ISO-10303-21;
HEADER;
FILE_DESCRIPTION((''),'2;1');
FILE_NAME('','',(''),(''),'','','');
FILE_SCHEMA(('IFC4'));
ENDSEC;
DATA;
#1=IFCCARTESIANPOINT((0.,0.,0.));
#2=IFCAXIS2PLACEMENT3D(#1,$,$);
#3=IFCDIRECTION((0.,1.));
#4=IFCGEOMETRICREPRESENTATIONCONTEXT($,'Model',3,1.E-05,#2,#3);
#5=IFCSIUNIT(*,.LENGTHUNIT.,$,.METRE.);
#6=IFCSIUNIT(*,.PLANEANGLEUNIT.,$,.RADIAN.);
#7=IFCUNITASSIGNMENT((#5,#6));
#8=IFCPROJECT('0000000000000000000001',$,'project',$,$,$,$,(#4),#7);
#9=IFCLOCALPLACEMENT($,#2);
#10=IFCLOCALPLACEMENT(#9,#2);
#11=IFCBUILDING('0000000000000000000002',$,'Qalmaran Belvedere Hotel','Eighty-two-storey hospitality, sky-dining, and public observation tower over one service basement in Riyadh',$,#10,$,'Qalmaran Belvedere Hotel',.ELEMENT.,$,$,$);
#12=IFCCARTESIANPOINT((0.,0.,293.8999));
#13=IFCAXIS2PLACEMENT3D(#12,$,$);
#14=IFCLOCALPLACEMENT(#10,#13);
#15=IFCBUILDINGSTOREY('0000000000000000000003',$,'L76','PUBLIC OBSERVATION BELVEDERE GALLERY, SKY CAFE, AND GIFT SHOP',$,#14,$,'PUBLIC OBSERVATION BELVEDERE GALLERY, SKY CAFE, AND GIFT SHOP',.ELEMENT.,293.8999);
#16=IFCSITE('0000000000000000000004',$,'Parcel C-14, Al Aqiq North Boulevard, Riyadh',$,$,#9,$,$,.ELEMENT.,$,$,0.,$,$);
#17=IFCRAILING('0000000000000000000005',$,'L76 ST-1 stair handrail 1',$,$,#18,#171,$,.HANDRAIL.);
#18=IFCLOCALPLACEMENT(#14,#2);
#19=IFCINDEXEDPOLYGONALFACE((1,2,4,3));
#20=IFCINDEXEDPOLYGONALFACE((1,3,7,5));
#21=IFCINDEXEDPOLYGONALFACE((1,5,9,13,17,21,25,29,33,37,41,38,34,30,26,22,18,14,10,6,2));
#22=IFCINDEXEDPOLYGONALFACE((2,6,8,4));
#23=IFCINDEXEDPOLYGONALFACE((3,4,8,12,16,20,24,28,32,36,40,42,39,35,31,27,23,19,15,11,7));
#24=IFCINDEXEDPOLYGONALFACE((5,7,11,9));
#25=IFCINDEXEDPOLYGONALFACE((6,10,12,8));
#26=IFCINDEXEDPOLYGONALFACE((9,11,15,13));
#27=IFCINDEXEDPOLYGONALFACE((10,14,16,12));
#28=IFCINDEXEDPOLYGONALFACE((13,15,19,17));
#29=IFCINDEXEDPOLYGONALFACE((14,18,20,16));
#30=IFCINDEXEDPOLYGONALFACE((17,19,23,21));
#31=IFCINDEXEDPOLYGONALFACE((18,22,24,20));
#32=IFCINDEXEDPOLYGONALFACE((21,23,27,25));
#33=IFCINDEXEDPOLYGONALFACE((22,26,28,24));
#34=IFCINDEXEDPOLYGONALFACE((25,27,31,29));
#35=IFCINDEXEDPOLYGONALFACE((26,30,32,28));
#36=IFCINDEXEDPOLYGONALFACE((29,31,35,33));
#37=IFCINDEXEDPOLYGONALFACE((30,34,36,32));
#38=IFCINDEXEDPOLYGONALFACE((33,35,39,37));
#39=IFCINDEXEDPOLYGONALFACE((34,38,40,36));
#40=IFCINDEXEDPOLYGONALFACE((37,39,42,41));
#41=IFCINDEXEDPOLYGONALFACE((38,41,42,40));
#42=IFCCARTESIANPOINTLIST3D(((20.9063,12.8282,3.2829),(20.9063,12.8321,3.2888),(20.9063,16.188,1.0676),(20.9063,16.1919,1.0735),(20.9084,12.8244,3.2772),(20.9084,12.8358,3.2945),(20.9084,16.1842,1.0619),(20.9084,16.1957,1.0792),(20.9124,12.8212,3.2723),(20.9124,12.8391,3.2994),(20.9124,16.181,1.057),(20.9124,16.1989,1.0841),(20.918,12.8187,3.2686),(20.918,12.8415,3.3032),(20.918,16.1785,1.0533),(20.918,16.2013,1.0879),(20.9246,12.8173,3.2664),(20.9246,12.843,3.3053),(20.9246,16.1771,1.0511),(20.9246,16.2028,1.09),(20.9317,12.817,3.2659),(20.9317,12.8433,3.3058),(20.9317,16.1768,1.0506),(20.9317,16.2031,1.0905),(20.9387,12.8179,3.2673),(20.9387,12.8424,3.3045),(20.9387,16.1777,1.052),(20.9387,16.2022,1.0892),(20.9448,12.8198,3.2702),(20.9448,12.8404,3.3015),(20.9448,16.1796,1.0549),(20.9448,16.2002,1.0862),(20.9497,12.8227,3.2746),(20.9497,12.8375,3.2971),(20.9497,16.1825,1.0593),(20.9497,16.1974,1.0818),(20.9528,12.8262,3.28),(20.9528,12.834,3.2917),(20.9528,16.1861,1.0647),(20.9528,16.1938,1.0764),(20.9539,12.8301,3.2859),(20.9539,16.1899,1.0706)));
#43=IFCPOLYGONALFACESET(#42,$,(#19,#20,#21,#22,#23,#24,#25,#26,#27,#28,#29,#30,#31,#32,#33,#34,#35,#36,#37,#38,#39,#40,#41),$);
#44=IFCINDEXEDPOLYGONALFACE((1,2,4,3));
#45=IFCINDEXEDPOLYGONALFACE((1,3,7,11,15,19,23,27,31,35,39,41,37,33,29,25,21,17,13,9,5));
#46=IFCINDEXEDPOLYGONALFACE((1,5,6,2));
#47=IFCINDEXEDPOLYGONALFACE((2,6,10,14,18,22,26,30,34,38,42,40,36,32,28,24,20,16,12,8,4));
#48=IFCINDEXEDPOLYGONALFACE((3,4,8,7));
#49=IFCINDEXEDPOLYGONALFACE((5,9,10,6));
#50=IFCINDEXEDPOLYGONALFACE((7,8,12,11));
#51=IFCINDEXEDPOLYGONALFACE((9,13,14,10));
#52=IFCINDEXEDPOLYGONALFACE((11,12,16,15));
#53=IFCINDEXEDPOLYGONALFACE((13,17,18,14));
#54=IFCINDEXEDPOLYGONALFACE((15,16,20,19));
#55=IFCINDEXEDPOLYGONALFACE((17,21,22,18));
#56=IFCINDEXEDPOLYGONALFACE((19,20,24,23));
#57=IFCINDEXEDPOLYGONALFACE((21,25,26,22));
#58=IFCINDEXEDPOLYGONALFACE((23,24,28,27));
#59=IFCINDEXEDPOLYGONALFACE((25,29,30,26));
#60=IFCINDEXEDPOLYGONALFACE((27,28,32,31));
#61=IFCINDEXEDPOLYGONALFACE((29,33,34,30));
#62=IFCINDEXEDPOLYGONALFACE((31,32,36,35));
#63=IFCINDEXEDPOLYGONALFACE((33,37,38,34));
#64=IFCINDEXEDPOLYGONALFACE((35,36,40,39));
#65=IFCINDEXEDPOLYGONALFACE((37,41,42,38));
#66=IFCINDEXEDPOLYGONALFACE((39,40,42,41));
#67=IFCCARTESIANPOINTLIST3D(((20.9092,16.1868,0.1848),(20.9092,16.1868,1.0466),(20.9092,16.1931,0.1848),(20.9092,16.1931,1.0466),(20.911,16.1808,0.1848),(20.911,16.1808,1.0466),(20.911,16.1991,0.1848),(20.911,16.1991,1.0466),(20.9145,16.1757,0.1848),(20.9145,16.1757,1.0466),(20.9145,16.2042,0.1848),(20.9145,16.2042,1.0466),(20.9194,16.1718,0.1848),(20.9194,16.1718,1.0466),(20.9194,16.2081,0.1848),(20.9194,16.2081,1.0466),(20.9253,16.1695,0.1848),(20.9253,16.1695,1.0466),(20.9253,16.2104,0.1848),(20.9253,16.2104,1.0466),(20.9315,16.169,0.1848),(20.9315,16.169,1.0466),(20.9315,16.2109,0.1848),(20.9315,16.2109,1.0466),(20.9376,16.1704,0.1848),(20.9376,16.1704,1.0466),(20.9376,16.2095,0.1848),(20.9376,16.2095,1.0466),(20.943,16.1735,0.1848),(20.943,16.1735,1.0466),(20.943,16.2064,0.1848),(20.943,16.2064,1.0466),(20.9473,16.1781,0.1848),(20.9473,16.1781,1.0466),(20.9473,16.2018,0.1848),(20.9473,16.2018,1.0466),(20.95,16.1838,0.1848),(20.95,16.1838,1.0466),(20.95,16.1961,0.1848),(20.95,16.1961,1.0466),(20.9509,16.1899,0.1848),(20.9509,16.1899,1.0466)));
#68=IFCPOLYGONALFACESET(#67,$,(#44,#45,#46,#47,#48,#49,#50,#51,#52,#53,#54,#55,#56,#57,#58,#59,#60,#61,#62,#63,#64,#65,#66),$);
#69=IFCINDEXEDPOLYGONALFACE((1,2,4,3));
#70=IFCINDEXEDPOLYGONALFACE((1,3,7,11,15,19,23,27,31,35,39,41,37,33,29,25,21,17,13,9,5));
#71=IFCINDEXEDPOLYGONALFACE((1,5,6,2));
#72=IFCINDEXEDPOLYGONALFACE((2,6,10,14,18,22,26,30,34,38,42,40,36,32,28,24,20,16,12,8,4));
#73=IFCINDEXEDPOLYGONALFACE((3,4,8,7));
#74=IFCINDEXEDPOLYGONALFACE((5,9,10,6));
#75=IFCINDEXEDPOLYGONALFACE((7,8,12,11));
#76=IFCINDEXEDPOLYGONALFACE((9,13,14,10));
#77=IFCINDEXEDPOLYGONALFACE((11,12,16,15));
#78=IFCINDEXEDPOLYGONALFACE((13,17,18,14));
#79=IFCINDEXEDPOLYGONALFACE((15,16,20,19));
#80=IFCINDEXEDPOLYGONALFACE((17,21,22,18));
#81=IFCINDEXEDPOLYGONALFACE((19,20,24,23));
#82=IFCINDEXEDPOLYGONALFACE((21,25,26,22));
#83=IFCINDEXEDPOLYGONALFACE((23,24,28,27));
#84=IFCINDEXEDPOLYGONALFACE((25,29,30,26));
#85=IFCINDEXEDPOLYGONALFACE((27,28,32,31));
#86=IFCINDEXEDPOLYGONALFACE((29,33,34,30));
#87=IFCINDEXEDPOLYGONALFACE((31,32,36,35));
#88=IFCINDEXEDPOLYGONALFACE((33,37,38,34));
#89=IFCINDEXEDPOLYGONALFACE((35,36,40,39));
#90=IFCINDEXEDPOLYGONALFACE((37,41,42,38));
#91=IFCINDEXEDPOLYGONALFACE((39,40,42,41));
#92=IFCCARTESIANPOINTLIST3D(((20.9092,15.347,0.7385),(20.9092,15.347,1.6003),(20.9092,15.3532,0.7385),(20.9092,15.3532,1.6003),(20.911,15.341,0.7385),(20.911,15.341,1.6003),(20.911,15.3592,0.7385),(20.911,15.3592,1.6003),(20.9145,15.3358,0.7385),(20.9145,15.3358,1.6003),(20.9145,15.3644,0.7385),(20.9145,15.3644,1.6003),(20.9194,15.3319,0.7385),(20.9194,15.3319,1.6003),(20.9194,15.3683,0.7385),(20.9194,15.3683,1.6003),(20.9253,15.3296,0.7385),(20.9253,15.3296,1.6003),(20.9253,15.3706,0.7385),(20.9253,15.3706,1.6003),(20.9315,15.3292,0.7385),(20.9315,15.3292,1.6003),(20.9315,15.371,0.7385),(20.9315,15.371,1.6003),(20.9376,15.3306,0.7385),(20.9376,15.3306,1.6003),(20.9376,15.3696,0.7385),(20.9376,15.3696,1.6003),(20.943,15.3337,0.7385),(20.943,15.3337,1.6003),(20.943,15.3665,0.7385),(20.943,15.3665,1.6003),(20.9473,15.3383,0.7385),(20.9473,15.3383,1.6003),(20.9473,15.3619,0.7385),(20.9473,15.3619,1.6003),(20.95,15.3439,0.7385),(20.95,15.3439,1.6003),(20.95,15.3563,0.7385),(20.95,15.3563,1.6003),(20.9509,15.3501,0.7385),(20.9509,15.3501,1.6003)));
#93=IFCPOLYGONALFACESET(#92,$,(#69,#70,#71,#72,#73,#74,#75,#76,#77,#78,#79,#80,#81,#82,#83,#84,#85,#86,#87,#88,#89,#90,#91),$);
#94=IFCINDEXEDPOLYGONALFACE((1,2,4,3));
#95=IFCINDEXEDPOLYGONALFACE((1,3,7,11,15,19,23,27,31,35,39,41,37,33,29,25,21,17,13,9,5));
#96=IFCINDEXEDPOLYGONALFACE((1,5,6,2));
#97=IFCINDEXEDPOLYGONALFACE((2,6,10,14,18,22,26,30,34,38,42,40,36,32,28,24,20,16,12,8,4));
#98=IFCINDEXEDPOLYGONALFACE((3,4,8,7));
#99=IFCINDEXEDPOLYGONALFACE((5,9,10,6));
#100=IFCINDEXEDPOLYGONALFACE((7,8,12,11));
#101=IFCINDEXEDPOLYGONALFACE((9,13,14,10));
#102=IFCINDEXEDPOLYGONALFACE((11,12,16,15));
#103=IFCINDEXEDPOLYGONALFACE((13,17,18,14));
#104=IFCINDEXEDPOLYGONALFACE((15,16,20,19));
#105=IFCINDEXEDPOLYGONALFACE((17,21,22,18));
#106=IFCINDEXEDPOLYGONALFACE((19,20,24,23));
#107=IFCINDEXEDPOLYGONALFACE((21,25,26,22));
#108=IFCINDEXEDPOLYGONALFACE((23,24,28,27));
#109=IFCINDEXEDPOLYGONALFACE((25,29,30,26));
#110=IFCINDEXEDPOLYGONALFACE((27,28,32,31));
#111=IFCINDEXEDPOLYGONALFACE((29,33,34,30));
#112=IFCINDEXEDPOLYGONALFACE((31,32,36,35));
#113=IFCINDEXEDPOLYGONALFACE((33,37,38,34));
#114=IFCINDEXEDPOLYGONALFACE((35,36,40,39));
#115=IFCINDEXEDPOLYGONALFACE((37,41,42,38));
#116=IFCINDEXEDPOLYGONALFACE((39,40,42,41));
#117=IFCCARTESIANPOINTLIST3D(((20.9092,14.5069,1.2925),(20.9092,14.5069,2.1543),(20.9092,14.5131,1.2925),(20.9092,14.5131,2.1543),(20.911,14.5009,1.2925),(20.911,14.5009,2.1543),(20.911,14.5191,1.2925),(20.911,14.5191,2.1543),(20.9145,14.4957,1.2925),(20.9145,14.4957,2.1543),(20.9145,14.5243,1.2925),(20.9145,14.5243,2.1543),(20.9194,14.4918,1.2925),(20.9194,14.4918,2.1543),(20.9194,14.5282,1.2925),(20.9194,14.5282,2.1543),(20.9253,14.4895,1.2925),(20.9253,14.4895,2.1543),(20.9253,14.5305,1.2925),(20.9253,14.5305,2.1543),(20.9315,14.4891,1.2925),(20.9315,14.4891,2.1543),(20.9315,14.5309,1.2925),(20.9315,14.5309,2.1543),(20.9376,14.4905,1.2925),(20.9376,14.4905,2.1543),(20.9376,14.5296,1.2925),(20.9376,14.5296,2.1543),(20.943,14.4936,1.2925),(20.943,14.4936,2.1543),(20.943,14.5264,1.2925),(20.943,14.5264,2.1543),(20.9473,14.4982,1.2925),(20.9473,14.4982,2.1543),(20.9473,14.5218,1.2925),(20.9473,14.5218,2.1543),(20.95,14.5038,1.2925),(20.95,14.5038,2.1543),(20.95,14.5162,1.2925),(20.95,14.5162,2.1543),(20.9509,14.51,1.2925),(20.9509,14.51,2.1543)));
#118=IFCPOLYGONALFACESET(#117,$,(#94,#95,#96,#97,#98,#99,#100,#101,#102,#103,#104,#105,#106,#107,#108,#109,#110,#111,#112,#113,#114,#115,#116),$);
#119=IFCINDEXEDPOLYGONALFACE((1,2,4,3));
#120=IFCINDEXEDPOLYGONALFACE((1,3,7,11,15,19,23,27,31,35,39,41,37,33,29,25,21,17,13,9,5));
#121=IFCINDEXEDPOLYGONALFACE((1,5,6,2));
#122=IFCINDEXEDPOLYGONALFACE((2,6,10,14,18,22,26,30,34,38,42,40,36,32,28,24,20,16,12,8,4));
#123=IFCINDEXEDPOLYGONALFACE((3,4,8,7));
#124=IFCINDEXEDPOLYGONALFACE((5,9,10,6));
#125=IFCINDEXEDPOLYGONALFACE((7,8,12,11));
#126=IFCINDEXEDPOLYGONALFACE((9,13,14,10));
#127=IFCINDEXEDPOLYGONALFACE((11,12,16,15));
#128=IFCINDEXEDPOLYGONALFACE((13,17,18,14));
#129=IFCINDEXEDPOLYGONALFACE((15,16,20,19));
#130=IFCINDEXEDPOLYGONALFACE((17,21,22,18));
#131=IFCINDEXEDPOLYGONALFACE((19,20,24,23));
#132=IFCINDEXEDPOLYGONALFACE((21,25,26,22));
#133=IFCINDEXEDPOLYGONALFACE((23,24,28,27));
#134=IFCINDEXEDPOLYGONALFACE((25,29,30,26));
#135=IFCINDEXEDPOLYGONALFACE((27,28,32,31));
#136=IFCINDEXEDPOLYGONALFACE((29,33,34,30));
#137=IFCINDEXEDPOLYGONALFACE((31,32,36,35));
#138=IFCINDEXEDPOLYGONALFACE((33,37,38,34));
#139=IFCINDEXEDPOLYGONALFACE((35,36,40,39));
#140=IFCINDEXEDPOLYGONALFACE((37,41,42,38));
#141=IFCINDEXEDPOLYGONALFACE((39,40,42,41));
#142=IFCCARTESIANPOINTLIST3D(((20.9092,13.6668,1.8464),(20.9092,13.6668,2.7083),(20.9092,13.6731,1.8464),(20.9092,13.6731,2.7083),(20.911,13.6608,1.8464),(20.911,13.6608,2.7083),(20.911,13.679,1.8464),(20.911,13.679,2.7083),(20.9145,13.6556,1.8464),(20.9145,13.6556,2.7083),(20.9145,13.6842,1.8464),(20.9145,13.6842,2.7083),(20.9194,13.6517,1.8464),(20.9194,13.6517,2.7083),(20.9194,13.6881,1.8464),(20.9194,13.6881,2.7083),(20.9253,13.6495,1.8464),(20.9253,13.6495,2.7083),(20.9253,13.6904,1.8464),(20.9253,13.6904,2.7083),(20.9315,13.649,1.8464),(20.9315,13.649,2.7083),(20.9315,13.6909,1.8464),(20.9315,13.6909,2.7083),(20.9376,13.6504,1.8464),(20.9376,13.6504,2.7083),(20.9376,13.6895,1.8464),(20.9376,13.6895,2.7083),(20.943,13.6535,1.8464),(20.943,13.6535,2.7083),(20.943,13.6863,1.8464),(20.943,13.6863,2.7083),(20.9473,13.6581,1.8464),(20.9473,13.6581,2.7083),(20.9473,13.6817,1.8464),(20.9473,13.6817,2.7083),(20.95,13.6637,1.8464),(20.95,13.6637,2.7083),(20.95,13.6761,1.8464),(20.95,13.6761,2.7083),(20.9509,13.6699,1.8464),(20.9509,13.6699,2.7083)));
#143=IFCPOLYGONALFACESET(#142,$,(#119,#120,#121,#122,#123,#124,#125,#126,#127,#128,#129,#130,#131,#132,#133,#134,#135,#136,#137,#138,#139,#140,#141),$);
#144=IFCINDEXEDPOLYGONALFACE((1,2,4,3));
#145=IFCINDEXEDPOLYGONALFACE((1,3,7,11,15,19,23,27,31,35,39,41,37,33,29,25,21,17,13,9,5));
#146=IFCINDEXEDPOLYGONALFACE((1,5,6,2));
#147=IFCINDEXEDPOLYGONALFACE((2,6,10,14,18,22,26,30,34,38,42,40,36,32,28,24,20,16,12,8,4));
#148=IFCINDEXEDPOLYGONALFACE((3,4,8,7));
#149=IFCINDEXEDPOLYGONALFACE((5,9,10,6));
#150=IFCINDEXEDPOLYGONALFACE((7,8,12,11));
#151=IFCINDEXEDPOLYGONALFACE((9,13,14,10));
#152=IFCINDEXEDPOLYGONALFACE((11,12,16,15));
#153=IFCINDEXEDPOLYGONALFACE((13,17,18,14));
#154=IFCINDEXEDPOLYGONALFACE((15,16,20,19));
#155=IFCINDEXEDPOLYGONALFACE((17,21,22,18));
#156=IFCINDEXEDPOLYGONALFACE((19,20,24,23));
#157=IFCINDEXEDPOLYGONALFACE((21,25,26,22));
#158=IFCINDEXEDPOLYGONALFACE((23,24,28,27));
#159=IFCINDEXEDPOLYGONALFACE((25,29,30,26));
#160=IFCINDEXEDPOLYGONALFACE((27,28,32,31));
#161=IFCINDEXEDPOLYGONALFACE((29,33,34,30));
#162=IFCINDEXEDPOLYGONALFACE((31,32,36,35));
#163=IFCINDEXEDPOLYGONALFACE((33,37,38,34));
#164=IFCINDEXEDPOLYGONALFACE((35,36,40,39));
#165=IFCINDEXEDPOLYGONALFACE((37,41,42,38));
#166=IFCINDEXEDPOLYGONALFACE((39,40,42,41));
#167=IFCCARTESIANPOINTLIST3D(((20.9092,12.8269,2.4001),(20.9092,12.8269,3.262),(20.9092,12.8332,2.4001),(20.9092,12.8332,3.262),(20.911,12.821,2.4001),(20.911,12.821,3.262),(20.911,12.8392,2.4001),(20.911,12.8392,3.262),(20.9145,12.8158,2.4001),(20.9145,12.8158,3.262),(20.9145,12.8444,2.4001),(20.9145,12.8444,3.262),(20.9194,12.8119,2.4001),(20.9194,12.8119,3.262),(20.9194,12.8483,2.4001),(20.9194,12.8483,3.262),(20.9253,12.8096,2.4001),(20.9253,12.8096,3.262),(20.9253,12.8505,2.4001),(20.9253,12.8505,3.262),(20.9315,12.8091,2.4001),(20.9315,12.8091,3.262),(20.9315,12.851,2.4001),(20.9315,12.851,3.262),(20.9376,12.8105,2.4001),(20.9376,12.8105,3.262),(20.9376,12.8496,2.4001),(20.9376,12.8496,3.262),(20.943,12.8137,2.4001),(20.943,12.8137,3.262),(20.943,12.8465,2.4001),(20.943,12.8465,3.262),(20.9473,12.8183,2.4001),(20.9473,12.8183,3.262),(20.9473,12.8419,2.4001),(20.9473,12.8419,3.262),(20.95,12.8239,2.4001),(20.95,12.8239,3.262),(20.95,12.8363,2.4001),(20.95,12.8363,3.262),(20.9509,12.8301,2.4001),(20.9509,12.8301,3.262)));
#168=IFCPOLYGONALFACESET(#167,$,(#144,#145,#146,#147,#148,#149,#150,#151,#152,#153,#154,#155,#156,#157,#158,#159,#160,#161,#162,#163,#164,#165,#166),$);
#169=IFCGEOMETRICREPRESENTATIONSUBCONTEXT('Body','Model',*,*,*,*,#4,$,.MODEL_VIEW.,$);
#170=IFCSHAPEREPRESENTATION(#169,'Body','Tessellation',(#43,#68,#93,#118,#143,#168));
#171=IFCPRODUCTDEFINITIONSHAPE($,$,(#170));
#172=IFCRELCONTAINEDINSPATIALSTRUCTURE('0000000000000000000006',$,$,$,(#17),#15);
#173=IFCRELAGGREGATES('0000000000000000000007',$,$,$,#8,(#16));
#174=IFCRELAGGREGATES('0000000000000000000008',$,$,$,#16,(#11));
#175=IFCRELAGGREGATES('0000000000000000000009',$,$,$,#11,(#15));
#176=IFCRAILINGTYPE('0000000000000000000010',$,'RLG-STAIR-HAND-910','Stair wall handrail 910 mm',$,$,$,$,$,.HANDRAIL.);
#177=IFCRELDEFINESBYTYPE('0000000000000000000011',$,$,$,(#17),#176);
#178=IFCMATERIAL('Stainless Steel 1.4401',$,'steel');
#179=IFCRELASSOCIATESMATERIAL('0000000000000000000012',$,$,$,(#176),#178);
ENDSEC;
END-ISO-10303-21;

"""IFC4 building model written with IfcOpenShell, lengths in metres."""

from ifc_helpers import new_model, si_unit, direction, frame, origin, origin_2d, place, context, subcontext, project, spatial, circle, extrude, material, type_object, element, save


model = new_model("IFC4")

# Units and contexts
model_context = context("Model", 3, precision=1e-05, world=origin(), true_north=direction((0.0, 1.0)))
body_context = subcontext(model_context, "Body", "Model", "MODEL_VIEW")
ifc_project = project(units=[si_unit("LENGTHUNIT", "METRE"), si_unit("PLANEANGLEUNIT", "RADIAN")], contexts=[model_context])

# Site, building, storey
site_placement = place(None, origin())
site = spatial("IfcSite", under=ifc_project, at=site_placement, Name="Parcel C-14, Al Aqiq North Boulevard, Riyadh", CompositionType="ELEMENT", RefElevation=0.0)
building_placement = place(site_placement, origin())
building = spatial("IfcBuilding", under=site, at=building_placement, Name="Qalmaran Belvedere Hotel", Description="Eighty-two-storey hospitality, sky-dining, and public observation tower over one service basement in Riyadh", LongName="Qalmaran Belvedere Hotel", CompositionType="ELEMENT")
storey_placement = place(building_placement, frame((0.0, 0.0, 293.8999)))
storey = spatial("IfcBuildingStorey", under=building, at=storey_placement, Name="L76", Description="PUBLIC OBSERVATION BELVEDERE GALLERY, SKY CAFE, AND GIFT SHOP", LongName="PUBLIC OBSERVATION BELVEDERE GALLERY, SKY CAFE, AND GIFT SHOP", CompositionType="ELEMENT", Elevation=293.8999)

# Shared definitions
ifc_material_1 = material(Name="Stainless Steel 1.4401", Category="steel")

# Railing
railing_type_1 = type_object("IfcRailingType", Name="RLG-STAIR-HAND-910", Description="Stair wall handrail 910 mm", PredefinedType="HANDRAIL", material=ifc_material_1)
railing_1_placement = place(storey_placement, frame((20.9299, 16.1899, 0.1848)))
element("IfcRailing", 1, at=railing_1_placement, inside=storey, type_object=railing_type_1, Name="L76 ST-1 stair handrail 1", PredefinedType="HANDRAIL", context=body_context, shape_type="SweptSolid", body=[
    extrude(circle(Radius=0.0239, at=origin_2d()), frame((0.0, 0.0, 0.8857), z_axis=(0.0, -0.834858, 0.550465), x_axis=(1.0, 0.0, 0.0)), (0.0, 0.0, 1.0), 4.0244),
    extrude(circle(Radius=0.021, at=origin_2d()), origin(), (0.0, 0.0, 1.0), 0.8618),
    extrude(circle(Radius=0.021, at=origin_2d()), frame((0.0, -0.8398, 0.5537)), (0.0, 0.0, 1.0), 0.8618),
    extrude(circle(Radius=0.021, at=origin_2d()), frame((0.0, -1.6799, 1.1077)), (0.0, 0.0, 1.0), 0.8618),
    extrude(circle(Radius=0.021, at=origin_2d()), frame((0.0, -2.52, 1.6616)), (0.0, 0.0, 1.0), 0.8618),
    extrude(circle(Radius=0.021, at=origin_2d()), frame((0.0, -3.3599, 2.2153)), (0.0, 0.0, 1.0), 0.8618),
])

save(model, "model.ifc")
